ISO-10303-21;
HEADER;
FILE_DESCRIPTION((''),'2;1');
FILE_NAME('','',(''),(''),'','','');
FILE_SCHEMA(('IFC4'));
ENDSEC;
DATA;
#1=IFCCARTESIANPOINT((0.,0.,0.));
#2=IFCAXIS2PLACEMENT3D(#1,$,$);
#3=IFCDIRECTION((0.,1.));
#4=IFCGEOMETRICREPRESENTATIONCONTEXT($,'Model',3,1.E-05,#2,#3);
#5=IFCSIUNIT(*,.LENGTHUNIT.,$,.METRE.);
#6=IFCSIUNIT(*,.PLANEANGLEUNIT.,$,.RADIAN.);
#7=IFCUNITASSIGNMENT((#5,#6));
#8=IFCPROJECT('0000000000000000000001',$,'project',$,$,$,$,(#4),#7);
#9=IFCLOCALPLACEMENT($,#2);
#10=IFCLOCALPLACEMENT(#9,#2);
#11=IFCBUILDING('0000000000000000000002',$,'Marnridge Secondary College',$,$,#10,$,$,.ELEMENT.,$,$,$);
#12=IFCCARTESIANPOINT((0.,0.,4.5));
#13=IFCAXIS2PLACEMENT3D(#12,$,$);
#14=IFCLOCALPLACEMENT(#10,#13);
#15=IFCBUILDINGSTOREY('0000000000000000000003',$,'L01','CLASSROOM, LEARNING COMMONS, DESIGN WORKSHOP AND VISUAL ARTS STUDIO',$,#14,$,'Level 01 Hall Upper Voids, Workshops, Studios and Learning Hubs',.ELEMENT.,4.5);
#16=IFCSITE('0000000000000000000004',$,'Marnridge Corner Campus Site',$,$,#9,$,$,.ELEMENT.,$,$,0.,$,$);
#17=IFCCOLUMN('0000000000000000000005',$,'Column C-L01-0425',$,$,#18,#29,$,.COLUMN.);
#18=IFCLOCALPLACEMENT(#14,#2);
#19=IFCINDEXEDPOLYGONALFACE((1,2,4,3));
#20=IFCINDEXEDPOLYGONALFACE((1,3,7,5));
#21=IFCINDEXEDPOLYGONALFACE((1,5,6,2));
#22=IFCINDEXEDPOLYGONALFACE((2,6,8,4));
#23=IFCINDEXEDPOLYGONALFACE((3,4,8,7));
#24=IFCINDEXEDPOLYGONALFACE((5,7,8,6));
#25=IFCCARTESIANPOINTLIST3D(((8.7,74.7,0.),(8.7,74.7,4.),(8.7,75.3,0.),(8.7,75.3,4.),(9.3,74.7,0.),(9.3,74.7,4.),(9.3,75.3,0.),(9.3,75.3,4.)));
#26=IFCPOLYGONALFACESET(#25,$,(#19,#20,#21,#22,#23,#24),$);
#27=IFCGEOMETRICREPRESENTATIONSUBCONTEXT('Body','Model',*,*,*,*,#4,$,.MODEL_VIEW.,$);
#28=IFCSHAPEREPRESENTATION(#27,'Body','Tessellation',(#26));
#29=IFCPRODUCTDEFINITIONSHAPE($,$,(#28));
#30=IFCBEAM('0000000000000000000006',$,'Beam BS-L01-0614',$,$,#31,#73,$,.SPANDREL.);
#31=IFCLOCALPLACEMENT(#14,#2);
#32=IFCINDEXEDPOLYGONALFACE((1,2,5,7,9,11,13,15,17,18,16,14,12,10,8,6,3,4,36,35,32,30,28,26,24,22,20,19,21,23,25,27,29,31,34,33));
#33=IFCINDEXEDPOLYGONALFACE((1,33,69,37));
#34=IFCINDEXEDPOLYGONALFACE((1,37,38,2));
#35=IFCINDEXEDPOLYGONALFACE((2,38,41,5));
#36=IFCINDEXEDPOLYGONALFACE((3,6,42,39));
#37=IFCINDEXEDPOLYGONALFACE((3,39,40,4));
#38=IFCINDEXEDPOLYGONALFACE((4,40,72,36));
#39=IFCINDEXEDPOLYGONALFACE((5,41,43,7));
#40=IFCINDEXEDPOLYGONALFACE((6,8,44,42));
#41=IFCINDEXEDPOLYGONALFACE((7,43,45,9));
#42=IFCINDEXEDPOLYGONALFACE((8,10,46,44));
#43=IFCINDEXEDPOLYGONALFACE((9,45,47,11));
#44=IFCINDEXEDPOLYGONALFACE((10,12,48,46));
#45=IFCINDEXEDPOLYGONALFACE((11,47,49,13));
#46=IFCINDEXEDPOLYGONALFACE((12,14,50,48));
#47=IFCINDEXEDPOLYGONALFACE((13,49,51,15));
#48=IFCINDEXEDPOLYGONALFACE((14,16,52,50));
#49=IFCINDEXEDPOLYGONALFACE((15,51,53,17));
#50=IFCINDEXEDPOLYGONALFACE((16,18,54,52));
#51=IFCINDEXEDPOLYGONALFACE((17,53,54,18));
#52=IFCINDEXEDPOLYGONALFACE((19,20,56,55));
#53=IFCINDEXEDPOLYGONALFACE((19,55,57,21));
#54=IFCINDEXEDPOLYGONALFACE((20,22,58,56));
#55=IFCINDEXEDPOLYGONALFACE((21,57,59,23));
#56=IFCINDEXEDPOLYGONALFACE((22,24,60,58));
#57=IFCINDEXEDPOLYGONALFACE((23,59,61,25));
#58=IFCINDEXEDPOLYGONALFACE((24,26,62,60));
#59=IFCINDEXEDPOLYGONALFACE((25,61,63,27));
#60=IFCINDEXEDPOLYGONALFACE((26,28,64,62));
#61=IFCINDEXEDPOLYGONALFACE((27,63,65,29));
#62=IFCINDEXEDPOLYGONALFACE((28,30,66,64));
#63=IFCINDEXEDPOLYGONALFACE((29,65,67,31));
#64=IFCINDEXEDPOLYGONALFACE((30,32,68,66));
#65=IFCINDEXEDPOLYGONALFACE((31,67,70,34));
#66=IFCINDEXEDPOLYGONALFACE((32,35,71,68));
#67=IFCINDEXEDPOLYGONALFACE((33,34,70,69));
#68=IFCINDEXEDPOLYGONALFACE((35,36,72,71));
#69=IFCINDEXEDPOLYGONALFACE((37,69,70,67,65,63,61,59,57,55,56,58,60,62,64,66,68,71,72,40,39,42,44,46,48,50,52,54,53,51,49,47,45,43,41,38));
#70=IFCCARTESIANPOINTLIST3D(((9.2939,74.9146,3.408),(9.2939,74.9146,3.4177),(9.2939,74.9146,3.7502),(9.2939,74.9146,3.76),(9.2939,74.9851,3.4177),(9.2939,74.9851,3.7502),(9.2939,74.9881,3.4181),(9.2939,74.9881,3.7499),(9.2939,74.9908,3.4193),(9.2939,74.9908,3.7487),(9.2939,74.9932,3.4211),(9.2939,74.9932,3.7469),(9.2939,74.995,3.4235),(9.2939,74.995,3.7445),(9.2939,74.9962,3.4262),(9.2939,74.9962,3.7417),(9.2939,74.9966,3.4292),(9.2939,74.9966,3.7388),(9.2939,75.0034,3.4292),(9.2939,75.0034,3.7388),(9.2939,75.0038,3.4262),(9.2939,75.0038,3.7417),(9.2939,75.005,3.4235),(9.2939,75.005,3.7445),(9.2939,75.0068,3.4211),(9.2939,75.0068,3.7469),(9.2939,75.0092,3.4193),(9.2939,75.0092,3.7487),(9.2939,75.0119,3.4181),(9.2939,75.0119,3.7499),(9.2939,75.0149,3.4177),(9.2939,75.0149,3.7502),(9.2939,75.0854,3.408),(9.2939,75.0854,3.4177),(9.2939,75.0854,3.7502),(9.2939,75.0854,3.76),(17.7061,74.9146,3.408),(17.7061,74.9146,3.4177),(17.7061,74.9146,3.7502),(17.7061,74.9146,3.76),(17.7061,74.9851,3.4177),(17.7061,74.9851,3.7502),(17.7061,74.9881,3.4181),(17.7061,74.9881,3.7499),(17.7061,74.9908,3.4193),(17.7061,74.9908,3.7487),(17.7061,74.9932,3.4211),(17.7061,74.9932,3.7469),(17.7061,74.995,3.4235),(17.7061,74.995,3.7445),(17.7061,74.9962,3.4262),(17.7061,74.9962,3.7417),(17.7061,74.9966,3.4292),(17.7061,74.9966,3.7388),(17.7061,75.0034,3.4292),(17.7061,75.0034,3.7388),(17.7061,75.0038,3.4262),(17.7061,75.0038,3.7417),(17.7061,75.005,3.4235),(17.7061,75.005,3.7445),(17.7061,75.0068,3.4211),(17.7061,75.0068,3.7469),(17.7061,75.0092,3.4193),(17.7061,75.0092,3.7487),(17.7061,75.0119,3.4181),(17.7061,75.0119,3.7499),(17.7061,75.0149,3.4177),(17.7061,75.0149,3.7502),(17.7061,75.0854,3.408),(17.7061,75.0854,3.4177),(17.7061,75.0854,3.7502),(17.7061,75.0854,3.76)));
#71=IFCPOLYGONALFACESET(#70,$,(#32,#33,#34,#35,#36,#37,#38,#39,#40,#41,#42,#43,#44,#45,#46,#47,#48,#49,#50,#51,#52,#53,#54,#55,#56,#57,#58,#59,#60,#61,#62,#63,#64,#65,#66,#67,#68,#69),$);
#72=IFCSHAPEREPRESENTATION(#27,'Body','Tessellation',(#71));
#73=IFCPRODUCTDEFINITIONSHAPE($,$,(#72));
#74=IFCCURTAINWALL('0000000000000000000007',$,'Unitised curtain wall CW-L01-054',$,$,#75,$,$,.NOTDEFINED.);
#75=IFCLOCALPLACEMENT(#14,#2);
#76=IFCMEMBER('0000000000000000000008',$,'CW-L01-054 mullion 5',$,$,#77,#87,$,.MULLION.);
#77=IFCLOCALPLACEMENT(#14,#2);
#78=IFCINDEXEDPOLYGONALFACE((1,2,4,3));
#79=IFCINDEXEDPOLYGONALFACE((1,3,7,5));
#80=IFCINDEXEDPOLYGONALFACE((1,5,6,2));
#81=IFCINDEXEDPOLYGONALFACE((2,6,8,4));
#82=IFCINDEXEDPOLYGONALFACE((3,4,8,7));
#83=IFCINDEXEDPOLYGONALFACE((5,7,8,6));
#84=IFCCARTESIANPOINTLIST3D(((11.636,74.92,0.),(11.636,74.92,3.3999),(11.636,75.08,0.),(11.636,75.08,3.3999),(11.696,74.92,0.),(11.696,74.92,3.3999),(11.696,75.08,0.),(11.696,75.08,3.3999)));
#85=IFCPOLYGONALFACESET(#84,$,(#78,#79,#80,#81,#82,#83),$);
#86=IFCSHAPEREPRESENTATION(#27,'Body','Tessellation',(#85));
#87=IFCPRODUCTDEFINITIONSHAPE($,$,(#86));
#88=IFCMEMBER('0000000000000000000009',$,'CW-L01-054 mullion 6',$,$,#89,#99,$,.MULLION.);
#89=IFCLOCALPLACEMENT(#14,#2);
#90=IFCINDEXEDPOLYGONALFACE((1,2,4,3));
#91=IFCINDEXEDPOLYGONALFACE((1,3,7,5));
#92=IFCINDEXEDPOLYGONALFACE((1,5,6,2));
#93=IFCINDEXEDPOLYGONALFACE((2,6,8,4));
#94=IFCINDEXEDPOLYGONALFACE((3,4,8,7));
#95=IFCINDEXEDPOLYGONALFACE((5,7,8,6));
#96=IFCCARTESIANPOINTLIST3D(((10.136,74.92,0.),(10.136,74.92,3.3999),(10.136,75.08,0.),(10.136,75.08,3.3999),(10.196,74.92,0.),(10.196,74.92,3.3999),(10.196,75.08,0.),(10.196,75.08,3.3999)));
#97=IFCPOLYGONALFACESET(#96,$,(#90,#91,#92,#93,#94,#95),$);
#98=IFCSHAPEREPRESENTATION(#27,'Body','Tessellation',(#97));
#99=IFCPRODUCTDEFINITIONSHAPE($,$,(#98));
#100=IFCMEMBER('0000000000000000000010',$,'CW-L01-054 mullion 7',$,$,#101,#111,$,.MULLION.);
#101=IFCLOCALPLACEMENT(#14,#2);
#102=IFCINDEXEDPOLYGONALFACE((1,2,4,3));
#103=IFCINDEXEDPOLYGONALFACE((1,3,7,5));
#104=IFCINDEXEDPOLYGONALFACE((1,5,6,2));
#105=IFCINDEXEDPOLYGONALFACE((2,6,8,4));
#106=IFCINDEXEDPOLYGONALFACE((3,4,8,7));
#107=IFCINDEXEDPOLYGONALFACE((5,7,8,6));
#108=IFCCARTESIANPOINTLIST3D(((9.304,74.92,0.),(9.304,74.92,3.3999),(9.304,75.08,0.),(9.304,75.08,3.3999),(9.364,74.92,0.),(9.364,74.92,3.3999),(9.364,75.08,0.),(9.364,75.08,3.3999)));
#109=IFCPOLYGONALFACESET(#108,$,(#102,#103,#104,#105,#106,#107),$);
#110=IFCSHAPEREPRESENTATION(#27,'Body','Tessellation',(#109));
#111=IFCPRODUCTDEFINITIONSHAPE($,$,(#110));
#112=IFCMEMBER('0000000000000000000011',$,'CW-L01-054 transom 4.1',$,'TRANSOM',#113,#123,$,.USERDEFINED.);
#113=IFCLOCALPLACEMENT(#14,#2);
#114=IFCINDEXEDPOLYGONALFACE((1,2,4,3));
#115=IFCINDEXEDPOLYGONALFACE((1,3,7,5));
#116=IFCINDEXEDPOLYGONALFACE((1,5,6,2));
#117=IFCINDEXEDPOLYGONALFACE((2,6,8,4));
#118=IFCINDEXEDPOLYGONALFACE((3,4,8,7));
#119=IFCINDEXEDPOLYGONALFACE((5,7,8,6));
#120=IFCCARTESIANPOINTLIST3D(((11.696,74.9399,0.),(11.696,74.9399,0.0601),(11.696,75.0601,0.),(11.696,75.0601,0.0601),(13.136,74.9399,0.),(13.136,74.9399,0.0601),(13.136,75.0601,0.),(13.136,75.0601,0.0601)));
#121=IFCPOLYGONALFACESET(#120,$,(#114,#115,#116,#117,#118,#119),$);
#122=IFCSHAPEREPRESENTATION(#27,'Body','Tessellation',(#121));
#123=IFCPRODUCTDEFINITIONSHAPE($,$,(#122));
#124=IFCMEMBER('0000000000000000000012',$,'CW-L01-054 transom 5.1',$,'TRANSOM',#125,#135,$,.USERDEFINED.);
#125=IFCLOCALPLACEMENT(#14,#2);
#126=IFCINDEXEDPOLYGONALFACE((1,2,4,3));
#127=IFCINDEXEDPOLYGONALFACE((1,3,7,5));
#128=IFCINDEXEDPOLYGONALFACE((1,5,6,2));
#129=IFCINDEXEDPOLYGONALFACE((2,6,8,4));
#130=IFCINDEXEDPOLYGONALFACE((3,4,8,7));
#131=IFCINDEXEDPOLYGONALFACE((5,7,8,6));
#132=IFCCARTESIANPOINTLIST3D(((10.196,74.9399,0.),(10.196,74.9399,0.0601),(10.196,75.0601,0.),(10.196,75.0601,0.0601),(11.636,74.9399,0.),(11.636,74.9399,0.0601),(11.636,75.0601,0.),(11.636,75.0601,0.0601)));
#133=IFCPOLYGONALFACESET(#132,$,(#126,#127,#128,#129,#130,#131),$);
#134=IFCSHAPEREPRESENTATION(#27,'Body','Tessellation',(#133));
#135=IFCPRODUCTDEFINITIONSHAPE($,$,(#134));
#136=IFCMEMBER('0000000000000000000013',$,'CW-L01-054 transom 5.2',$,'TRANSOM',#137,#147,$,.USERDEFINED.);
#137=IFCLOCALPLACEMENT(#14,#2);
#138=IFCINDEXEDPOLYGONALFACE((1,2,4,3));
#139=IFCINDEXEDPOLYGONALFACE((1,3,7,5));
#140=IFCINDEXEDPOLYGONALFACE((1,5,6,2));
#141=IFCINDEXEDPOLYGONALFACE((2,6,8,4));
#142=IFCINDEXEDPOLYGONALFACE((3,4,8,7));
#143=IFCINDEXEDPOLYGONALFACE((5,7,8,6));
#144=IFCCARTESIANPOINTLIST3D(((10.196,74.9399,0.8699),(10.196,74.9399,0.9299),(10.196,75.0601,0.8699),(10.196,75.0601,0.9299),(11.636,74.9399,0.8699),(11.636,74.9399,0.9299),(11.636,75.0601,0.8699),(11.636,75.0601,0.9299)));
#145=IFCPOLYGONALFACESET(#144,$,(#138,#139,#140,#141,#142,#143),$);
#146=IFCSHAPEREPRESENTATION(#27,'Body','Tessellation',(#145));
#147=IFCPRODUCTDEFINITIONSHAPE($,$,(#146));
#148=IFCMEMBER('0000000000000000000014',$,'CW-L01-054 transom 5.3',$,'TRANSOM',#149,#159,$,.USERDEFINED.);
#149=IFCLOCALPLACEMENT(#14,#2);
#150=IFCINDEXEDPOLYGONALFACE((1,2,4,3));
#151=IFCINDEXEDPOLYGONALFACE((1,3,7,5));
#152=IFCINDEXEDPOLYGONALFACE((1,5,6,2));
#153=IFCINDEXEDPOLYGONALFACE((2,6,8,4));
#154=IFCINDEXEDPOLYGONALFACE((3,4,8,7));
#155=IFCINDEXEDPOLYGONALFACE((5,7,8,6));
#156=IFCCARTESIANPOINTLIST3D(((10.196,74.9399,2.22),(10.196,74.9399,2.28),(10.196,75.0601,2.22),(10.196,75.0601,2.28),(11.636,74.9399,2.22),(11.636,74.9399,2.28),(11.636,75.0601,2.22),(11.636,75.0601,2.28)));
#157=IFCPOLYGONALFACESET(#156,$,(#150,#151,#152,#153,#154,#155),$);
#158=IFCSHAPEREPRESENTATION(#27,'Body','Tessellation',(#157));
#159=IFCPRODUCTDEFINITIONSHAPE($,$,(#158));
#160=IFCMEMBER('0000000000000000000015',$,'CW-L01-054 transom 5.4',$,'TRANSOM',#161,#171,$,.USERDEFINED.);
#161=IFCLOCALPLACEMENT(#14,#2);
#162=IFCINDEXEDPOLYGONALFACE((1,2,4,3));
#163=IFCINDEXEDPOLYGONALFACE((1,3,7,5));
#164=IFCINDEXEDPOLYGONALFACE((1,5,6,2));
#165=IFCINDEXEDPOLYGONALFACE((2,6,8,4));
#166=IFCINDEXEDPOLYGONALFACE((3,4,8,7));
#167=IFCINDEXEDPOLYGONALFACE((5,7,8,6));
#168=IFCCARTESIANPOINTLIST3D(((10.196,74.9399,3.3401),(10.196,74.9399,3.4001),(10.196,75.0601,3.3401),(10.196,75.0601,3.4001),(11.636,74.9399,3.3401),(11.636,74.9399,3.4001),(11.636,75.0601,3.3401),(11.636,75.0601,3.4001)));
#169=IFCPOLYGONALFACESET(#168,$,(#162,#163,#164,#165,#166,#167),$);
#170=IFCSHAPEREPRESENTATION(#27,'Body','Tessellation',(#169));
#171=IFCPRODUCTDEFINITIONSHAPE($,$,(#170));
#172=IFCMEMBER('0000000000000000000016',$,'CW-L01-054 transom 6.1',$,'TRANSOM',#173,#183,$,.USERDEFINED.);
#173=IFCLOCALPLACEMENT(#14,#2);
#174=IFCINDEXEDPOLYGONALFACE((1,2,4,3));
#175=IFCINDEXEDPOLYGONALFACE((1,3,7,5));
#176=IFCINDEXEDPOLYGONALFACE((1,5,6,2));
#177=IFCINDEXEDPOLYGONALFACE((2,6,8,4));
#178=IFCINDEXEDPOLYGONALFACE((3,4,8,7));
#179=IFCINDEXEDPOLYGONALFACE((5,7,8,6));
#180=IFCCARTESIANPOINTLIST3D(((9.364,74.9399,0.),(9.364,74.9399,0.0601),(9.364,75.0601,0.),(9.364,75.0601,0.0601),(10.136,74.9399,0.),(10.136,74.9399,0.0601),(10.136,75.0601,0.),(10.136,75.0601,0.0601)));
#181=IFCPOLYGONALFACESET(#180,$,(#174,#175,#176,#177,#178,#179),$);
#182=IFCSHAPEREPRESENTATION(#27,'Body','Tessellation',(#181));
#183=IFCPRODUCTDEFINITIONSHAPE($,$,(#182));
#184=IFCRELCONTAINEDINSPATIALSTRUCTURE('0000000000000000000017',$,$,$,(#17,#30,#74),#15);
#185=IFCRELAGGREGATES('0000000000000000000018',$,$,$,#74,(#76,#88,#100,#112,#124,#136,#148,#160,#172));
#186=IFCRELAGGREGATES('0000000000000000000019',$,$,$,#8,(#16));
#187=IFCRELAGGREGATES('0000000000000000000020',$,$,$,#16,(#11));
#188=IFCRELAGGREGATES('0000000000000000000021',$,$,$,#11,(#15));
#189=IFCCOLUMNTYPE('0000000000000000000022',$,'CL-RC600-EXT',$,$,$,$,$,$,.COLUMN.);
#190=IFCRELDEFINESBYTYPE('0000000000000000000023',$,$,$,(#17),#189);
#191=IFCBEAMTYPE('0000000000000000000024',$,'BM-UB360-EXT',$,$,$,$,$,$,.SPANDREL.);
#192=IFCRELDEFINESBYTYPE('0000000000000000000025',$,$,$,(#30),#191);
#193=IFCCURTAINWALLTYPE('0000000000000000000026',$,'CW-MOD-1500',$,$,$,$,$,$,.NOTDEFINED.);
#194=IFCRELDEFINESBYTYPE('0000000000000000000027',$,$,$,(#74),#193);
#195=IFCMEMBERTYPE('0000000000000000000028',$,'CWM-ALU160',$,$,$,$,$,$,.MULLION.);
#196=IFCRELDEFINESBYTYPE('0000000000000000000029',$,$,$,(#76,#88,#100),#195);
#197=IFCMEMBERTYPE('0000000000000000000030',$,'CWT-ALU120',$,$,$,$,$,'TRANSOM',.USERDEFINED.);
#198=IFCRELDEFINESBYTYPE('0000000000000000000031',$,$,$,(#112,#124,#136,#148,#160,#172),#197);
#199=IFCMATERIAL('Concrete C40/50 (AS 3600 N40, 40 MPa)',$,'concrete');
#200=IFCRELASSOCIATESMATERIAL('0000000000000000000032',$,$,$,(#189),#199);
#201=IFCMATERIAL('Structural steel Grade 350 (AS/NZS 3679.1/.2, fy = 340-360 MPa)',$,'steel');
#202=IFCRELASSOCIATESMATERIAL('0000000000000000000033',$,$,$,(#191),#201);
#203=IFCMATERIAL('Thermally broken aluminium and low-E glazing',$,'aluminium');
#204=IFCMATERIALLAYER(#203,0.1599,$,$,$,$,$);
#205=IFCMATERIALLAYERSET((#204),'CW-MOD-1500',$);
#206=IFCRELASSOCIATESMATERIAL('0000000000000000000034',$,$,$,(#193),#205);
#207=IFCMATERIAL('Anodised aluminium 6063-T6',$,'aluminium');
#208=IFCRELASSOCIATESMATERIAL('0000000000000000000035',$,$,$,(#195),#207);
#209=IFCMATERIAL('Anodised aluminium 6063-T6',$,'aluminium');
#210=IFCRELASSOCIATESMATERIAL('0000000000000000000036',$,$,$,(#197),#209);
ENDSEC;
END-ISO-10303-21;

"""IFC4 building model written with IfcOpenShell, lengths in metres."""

from ifc_helpers import new_model, si_unit, direction, frame, origin, origin_2d, place, context, subcontext, project, spatial, rectangle, i_section, extrude, material, layer, layer_set, material_profile, profile_set, type_object, element, aggregate, save


model = new_model("IFC4")

# Units and contexts
model_context = context("Model", 3, precision=1e-05, world=origin(), true_north=direction((0.0, 1.0)))
body_context = subcontext(model_context, "Body", "Model", "MODEL_VIEW")
ifc_project = project(units=[si_unit("LENGTHUNIT", "METRE"), si_unit("PLANEANGLEUNIT", "RADIAN")], contexts=[model_context])

# Site, building, storey
site_placement = place(None, origin())
site = spatial("IfcSite", under=ifc_project, at=site_placement, Name="Marnridge Corner Campus Site", CompositionType="ELEMENT", RefElevation=0.0)
building_placement = place(site_placement, origin())
building = spatial("IfcBuilding", under=site, at=building_placement, Name="Marnridge Secondary College", CompositionType="ELEMENT")
storey_placement = place(building_placement, frame((0.0, 0.0, 4.5)))
storey = spatial("IfcBuildingStorey", under=building, at=storey_placement, Name="L01", Description="CLASSROOM, LEARNING COMMONS, DESIGN WORKSHOP AND VISUAL ARTS STUDIO", LongName="Level 01 Hall Upper Voids, Workshops, Studios and Learning Hubs", CompositionType="ELEMENT", Elevation=4.5)

# Column
ifc_material_1 = material(Name="Concrete C40/50 (AS 3600 N40, 40 MPa)", Category="concrete")
ifc_material_profile_1 = material_profile(ifc_material_1, rectangle(XDim=0.6001, YDim=0.6001, at=origin_2d()), Name="RC 600x600")
ifc_profile_set_1 = profile_set([ifc_material_profile_1], Name="Concrete C40/50 (AS 3600 N40, 40 MPa)")
column_type = type_object("IfcColumnType", Name="CL-RC600-EXT", PredefinedType="COLUMN", material=ifc_profile_set_1)
column_placement = place(storey_placement, frame((9.0, 75.0, 0.0), z_axis=(0.0, 0.0, 1.0), x_axis=(1.0, 0.0, 0.0)))
element("IfcColumn", 1, at=column_placement, inside=storey, type_object=column_type, Name="Column C-L01-0425", PredefinedType="COLUMN", context=body_context, shape_type="SweptSolid", body=[
    extrude(rectangle(XDim=0.6001, YDim=0.6001, at=origin_2d()), origin(), (0.0, 0.0, 1.0), 4.0),
])

# Beam
ifc_material_2 = material(Name="Structural steel Grade 350 (AS/NZS 3679.1/.2, fy = 340-360 MPa)", Category="steel")
ifc_material_profile_2 = material_profile(ifc_material_2, i_section(OverallWidth=0.1709, OverallDepth=0.3521, WebThickness=0.0068, FlangeThickness=0.0098, FilletRadius=0.0115, at=origin_2d()), Name="360UB44.7")
ifc_profile_set_2 = profile_set([ifc_material_profile_2], Name="Structural steel Grade 350 (AS/NZS 3679.1/.2, fy = 340-360 MPa)")
beam_type = type_object("IfcBeamType", Name="BM-UB360-EXT", PredefinedType="SPANDREL", material=ifc_profile_set_2)
beam_placement = place(storey_placement, frame((9.2939, 75.0, 3.584), z_axis=(1.0, 0.0, 0.0), x_axis=(0.0, 1.0, 0.0)))
element("IfcBeam", 2, at=beam_placement, inside=storey, type_object=beam_type, Name="Beam BS-L01-0614", PredefinedType="SPANDREL", context=body_context, shape_type="SweptSolid", body=[
    extrude(i_section(OverallWidth=0.1709, OverallDepth=0.3521, WebThickness=0.0068, FlangeThickness=0.0098, FilletRadius=0.0115, at=origin_2d()), origin(), (0.0, 0.0, 1.0), 8.4121),
])

# Curtain wall, members
ifc_material_3 = material(Name="Thermally broken aluminium and low-E glazing", Category="aluminium")
ifc_layer_1 = layer(ifc_material_3, 0.1599)
ifc_layer_set_1 = layer_set([ifc_layer_1], Name="CW-MOD-1500")
curtain_wall_type = type_object("IfcCurtainWallType", Name="CW-MOD-1500", PredefinedType="NOTDEFINED", material=ifc_layer_set_1)
curtain_wall_placement = place(storey_placement, origin())
curtain_wall = element("IfcCurtainWall", 3, at=curtain_wall_placement, inside=storey, type_object=curtain_wall_type, Name="Unitised curtain wall CW-L01-054", PredefinedType="NOTDEFINED")
ifc_material_4 = material(Name="Anodised aluminium 6063-T6", Category="aluminium")
ifc_material_profile_3 = material_profile(ifc_material_4, rectangle(XDim=0.0601, YDim=0.1599, at=origin_2d()), Name="ALU 60x160")
ifc_profile_set_3 = profile_set([ifc_material_profile_3], Name="Anodised aluminium 6063-T6")
member_type_1 = type_object("IfcMemberType", Name="CWM-ALU160", PredefinedType="MULLION", material=ifc_profile_set_3)
member_1_placement = place(storey_placement, frame((11.666, 75.0, 0.0), z_axis=(0.0, 0.0, 1.0), x_axis=(-1.0, 0.0, 0.0)))
member_1 = element("IfcMember", 4, at=member_1_placement, type_object=member_type_1, Name="CW-L01-054 mullion 5", PredefinedType="MULLION", context=body_context, shape_type="SweptSolid", body=[
    extrude(rectangle(XDim=0.0601, YDim=0.1599, at=origin_2d()), origin(), (0.0, 0.0, 1.0), 3.3999),
])
member_2_placement = place(storey_placement, frame((10.166, 75.0, 0.0), z_axis=(0.0, 0.0, 1.0), x_axis=(-1.0, 0.0, 0.0)))
member_2 = element("IfcMember", 5, at=member_2_placement, type_object=member_type_1, Name="CW-L01-054 mullion 6", PredefinedType="MULLION", context=body_context, shape_type="SweptSolid", body=[
    extrude(rectangle(XDim=0.0601, YDim=0.1599, at=origin_2d()), origin(), (0.0, 0.0, 1.0), 3.3999),
])
member_3_placement = place(storey_placement, frame((9.334, 75.0, 0.0), z_axis=(0.0, 0.0, 1.0), x_axis=(-1.0, 0.0, 0.0)))
member_3 = element("IfcMember", 6, at=member_3_placement, type_object=member_type_1, Name="CW-L01-054 mullion 7", PredefinedType="MULLION", context=body_context, shape_type="SweptSolid", body=[
    extrude(rectangle(XDim=0.0601, YDim=0.1599, at=origin_2d()), origin(), (0.0, 0.0, 1.0), 3.3999),
])
ifc_material_5 = material(Name="Anodised aluminium 6063-T6", Category="aluminium")
ifc_material_profile_4 = material_profile(ifc_material_5, rectangle(XDim=0.0601, YDim=0.1201, at=origin_2d()), Name="ALU 60x120")
ifc_profile_set_4 = profile_set([ifc_material_profile_4], Name="Anodised aluminium 6063-T6")
member_type_2 = type_object("IfcMemberType", Name="CWT-ALU120", ElementType="TRANSOM", PredefinedType="USERDEFINED", material=ifc_profile_set_4)
member_4_placement = place(storey_placement, frame((13.136, 75.0, 0.03), z_axis=(-1.0, 0.0, 0.0), x_axis=(0.0, 0.0, 1.0)))
member_4 = element("IfcMember", 7, at=member_4_placement, type_object=member_type_2, Name="CW-L01-054 transom 4.1", ObjectType="TRANSOM", PredefinedType="USERDEFINED", context=body_context, shape_type="SweptSolid", body=[
    extrude(rectangle(XDim=0.0601, YDim=0.1201, at=origin_2d()), origin(), (0.0, 0.0, 1.0), 1.4399),
])
member_5_placement = place(storey_placement, frame((11.636, 75.0, 0.03), z_axis=(-1.0, 0.0, 0.0), x_axis=(0.0, 0.0, 1.0)))
member_5 = element("IfcMember", 8, at=member_5_placement, type_object=member_type_2, Name="CW-L01-054 transom 5.1", ObjectType="TRANSOM", PredefinedType="USERDEFINED", context=body_context, shape_type="SweptSolid", body=[
    extrude(rectangle(XDim=0.0601, YDim=0.1201, at=origin_2d()), origin(), (0.0, 0.0, 1.0), 1.4399),
])
member_6_placement = place(storey_placement, frame((11.636, 75.0, 0.8999), z_axis=(-1.0, 0.0, 0.0), x_axis=(0.0, 0.0, 1.0)))
member_6 = element("IfcMember", 9, at=member_6_placement, type_object=member_type_2, Name="CW-L01-054 transom 5.2", ObjectType="TRANSOM", PredefinedType="USERDEFINED", context=body_context, shape_type="SweptSolid", body=[
    extrude(rectangle(XDim=0.0601, YDim=0.1201, at=origin_2d()), origin(), (0.0, 0.0, 1.0), 1.4399),
])
member_7_placement = place(storey_placement, frame((11.636, 75.0, 2.25), z_axis=(-1.0, 0.0, 0.0), x_axis=(0.0, 0.0, 1.0)))
member_7 = element("IfcMember", 10, at=member_7_placement, type_object=member_type_2, Name="CW-L01-054 transom 5.3", ObjectType="TRANSOM", PredefinedType="USERDEFINED", context=body_context, shape_type="SweptSolid", body=[
    extrude(rectangle(XDim=0.0601, YDim=0.1201, at=origin_2d()), origin(), (0.0, 0.0, 1.0), 1.4399),
])
member_8_placement = place(storey_placement, frame((11.636, 75.0, 3.3701), z_axis=(-1.0, 0.0, 0.0), x_axis=(0.0, 0.0, 1.0)))
member_8 = element("IfcMember", 11, at=member_8_placement, type_object=member_type_2, Name="CW-L01-054 transom 5.4", ObjectType="TRANSOM", PredefinedType="USERDEFINED", context=body_context, shape_type="SweptSolid", body=[
    extrude(rectangle(XDim=0.0601, YDim=0.1201, at=origin_2d()), origin(), (0.0, 0.0, 1.0), 1.4399),
])
member_9_placement = place(storey_placement, frame((10.136, 75.0, 0.03), z_axis=(-1.0, 0.0, 0.0), x_axis=(0.0, 0.0, 1.0)))
member_9 = element("IfcMember", 12, at=member_9_placement, type_object=member_type_2, Name="CW-L01-054 transom 6.1", ObjectType="TRANSOM", PredefinedType="USERDEFINED", context=body_context, shape_type="SweptSolid", body=[
    extrude(rectangle(XDim=0.0601, YDim=0.1201, at=origin_2d()), origin(), (0.0, 0.0, 1.0), 0.772),
])
aggregate(curtain_wall, [member_1, member_2, member_3, member_4, member_5, member_6, member_7, member_8, member_9])

save(model, "model.ifc")
